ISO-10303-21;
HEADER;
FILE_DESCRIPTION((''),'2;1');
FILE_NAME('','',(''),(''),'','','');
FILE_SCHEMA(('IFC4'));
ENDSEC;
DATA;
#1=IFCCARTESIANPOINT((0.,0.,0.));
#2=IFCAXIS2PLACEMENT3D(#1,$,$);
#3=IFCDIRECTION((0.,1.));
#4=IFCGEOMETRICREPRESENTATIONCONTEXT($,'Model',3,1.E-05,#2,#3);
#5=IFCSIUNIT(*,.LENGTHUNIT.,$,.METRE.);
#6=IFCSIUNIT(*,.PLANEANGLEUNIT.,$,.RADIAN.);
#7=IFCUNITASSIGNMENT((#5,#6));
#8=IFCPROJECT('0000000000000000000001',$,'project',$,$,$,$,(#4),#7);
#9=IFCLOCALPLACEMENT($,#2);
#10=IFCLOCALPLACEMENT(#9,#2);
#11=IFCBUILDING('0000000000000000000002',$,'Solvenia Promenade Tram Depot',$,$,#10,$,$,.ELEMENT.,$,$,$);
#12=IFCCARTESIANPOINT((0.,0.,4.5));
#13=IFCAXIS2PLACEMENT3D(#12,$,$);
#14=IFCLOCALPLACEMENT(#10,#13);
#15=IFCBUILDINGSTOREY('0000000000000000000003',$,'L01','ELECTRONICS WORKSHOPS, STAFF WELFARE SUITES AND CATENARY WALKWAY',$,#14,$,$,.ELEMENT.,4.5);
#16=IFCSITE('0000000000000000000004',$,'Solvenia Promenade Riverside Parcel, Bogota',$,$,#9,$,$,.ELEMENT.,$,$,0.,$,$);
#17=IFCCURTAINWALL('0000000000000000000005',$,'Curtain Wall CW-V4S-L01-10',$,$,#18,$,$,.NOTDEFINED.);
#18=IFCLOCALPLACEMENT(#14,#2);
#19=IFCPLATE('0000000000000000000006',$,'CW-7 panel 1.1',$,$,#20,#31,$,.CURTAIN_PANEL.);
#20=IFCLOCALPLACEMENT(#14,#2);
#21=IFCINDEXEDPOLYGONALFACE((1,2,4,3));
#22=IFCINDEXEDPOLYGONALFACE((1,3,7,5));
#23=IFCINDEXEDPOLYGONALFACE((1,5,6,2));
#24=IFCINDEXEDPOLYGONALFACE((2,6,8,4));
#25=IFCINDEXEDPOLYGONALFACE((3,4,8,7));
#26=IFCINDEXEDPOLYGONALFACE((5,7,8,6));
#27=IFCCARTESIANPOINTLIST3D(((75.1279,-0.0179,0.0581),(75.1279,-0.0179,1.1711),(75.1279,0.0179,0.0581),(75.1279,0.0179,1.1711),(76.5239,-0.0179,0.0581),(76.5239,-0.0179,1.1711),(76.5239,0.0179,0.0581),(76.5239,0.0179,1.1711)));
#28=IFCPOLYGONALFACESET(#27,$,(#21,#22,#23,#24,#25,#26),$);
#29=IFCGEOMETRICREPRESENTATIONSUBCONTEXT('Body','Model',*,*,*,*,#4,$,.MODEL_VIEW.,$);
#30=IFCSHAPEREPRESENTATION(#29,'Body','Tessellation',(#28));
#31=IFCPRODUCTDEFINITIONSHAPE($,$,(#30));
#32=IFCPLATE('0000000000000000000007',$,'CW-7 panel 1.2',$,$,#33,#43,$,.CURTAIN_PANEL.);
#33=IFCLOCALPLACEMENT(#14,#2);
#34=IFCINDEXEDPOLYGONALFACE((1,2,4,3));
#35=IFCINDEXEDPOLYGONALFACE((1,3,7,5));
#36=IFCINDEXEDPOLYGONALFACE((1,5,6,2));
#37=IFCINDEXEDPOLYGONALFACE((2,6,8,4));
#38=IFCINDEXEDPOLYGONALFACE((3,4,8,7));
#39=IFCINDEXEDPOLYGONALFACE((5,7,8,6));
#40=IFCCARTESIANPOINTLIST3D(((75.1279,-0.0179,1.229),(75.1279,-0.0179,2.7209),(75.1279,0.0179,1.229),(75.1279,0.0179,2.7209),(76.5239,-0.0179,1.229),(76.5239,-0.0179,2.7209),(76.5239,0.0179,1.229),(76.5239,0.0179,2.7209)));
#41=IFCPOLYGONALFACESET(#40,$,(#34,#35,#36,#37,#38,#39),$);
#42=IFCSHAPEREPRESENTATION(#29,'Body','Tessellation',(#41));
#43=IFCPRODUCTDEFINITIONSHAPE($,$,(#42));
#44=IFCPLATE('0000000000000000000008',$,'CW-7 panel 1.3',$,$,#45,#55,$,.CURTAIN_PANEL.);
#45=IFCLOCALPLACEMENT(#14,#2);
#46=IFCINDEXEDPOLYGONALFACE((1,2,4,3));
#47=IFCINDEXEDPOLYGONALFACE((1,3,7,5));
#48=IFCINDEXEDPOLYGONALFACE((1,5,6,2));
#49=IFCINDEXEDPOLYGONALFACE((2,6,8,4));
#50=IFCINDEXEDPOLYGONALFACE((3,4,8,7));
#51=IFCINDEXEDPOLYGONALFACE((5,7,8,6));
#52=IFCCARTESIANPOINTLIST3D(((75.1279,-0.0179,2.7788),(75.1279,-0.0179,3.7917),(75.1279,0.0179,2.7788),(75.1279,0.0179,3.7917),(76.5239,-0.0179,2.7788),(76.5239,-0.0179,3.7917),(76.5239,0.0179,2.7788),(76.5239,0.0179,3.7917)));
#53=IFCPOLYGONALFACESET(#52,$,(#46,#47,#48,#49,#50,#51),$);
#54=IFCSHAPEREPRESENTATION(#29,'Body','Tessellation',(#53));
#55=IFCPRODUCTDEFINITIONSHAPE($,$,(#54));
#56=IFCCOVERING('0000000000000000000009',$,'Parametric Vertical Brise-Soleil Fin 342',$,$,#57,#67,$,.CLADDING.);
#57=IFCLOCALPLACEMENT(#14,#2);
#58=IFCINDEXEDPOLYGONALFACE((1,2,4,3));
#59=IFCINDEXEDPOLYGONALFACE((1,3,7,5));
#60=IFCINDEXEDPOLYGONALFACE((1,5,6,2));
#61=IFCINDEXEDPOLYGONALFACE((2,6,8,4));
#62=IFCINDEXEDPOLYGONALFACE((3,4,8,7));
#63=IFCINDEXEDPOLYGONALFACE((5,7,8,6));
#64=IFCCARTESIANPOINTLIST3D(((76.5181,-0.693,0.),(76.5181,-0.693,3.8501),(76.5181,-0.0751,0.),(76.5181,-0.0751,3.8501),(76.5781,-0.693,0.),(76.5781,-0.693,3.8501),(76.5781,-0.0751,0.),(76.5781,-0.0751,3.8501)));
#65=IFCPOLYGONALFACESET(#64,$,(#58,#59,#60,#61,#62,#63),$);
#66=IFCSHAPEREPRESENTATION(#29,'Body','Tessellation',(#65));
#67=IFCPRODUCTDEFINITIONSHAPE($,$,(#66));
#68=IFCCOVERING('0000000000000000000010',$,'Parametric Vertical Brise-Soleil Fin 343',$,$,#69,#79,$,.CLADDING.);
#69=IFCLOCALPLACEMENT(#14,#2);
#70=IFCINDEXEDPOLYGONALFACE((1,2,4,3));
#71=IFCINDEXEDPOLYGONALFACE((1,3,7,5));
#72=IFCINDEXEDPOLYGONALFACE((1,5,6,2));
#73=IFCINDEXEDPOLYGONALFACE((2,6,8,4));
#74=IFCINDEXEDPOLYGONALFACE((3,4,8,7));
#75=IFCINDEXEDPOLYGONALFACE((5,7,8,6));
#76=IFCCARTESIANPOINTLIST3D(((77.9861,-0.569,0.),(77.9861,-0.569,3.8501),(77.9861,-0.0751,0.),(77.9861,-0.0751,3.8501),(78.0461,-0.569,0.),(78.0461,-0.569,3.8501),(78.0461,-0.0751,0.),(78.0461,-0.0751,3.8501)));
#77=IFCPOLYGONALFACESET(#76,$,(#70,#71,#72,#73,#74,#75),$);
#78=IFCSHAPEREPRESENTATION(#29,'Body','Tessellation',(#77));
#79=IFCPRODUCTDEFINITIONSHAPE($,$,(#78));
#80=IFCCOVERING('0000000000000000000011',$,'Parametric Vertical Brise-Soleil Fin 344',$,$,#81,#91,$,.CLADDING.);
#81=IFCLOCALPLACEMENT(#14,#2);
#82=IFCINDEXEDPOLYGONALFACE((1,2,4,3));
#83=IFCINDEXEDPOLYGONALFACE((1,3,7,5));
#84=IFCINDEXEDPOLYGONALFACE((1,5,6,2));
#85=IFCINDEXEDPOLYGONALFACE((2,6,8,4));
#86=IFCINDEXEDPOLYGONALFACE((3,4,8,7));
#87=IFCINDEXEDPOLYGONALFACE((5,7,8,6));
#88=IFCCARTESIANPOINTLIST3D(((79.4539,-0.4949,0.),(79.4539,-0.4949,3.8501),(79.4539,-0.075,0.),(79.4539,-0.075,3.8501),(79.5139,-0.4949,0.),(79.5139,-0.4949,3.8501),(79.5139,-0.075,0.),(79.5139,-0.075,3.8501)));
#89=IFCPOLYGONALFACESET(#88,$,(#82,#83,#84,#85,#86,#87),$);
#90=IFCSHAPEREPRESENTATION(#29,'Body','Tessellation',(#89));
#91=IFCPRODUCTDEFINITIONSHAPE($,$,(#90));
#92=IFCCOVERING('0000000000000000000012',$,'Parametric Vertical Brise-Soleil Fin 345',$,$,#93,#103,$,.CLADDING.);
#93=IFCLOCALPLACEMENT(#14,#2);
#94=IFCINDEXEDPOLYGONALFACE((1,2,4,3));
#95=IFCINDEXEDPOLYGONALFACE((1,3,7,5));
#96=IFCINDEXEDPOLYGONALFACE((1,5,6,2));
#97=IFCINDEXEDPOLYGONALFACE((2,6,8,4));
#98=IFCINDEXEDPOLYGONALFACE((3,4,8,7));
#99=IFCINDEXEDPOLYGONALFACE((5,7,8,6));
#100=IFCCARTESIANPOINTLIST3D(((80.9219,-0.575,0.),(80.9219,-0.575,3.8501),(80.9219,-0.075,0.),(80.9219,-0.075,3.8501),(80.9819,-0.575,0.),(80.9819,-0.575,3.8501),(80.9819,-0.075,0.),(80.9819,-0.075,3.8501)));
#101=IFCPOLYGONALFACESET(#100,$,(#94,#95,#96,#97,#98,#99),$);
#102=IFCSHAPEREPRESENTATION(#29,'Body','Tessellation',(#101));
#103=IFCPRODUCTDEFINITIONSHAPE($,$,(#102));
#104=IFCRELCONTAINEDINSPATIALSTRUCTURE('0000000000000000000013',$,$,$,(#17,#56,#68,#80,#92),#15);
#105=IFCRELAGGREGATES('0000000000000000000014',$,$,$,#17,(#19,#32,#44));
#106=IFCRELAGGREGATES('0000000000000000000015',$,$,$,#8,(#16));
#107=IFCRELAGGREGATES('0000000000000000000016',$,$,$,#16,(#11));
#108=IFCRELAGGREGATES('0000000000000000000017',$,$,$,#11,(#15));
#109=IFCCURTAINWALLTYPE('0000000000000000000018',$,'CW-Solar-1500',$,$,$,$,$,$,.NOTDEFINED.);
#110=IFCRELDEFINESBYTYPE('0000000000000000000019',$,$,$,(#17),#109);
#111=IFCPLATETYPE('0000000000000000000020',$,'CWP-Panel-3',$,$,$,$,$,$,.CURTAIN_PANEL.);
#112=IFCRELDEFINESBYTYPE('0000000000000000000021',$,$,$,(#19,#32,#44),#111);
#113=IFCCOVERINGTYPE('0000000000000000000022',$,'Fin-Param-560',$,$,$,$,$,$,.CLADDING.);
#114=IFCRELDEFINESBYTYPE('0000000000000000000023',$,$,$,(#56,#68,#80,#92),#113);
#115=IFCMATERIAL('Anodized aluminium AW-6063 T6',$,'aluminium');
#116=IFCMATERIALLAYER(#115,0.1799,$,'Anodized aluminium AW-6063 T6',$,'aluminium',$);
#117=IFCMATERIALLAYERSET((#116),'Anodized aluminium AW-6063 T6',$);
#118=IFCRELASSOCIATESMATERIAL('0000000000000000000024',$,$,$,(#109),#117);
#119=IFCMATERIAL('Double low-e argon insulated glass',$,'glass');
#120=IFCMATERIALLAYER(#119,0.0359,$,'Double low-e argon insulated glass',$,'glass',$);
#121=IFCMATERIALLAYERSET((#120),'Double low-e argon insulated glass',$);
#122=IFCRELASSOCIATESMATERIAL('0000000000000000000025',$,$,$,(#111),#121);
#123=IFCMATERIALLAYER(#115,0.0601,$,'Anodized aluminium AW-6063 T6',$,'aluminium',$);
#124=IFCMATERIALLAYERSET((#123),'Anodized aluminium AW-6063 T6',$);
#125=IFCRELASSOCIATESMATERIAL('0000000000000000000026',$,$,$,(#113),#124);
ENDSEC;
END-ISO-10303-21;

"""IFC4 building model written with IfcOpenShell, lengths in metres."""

from ifc_helpers import new_model, si_unit, direction, frame, origin, origin_2d, place, context, subcontext, project, spatial, rectangle, extrude, material, layer, layer_set, type_object, element, aggregate, save


model = new_model("IFC4")

# Units and contexts
model_context = context("Model", 3, precision=1e-05, world=origin(), true_north=direction((0.0, 1.0)))
body_context = subcontext(model_context, "Body", "Model", "MODEL_VIEW")
ifc_project = project(units=[si_unit("LENGTHUNIT", "METRE"), si_unit("PLANEANGLEUNIT", "RADIAN")], contexts=[model_context])

# Site, building, storey
site_placement = place(None, origin())
site = spatial("IfcSite", under=ifc_project, at=site_placement, Name="Solvenia Promenade Riverside Parcel, Bogota", CompositionType="ELEMENT", RefElevation=0.0)
building_placement = place(site_placement, origin())
building = spatial("IfcBuilding", under=site, at=building_placement, Name="Solvenia Promenade Tram Depot", CompositionType="ELEMENT")
storey_placement = place(building_placement, frame((0.0, 0.0, 4.5)))
storey = spatial("IfcBuildingStorey", under=building, at=storey_placement, Name="L01", Description="ELECTRONICS WORKSHOPS, STAFF WELFARE SUITES AND CATENARY WALKWAY", CompositionType="ELEMENT", Elevation=4.5)

# Shared definitions
ifc_material_1 = material(Name="Anodized aluminium AW-6063 T6", Category="aluminium")

# Curtain wall
ifc_layer_1 = layer(ifc_material_1, 0.1799, Name="Anodized aluminium AW-6063 T6", Category="aluminium")
ifc_layer_set_1 = layer_set([ifc_layer_1], Name="Anodized aluminium AW-6063 T6")
curtain_wall_type_1 = type_object("IfcCurtainWallType", Name="CW-Solar-1500", PredefinedType="NOTDEFINED", material=ifc_layer_set_1)
curtain_wall_1_placement = place(storey_placement, origin())
curtain_wall_1 = element("IfcCurtainWall", 1, at=curtain_wall_1_placement, inside=storey, type_object=curtain_wall_type_1, Name="Curtain Wall CW-V4S-L01-10", PredefinedType="NOTDEFINED")

# Plates
ifc_material_2 = material(Name="Double low-e argon insulated glass", Category="glass")
ifc_layer_2 = layer(ifc_material_2, 0.0359, Name="Double low-e argon insulated glass", Category="glass")
ifc_layer_set_2 = layer_set([ifc_layer_2], Name="Double low-e argon insulated glass")
plate_type = type_object("IfcPlateType", Name="CWP-Panel-3", PredefinedType="CURTAIN_PANEL", material=ifc_layer_set_2)
plate_1_placement = place(storey_placement, frame((75.8259, 0.0, 0.0581), z_axis=(0.0, 0.0, 1.0), x_axis=(1.0, 0.0, 0.0)))
plate_1 = element("IfcPlate", 2, at=plate_1_placement, type_object=plate_type, Name="CW-7 panel 1.1", PredefinedType="CURTAIN_PANEL", context=body_context, shape_type="SweptSolid", body=[
    extrude(rectangle(XDim=1.396, YDim=0.0359, at=origin_2d()), origin(), (0.0, 0.0, 1.0), 1.113),
])
plate_2_placement = place(storey_placement, frame((75.8259, 0.0, 1.229), z_axis=(0.0, 0.0, 1.0), x_axis=(1.0, 0.0, 0.0)))
plate_2 = element("IfcPlate", 3, at=plate_2_placement, type_object=plate_type, Name="CW-7 panel 1.2", PredefinedType="CURTAIN_PANEL", context=body_context, shape_type="SweptSolid", body=[
    extrude(rectangle(XDim=1.396, YDim=0.0359, at=origin_2d()), origin(), (0.0, 0.0, 1.0), 1.4919),
])
plate_3_placement = place(storey_placement, frame((75.8259, 0.0, 2.7788), z_axis=(0.0, 0.0, 1.0), x_axis=(1.0, 0.0, 0.0)))
plate_3 = element("IfcPlate", 4, at=plate_3_placement, type_object=plate_type, Name="CW-7 panel 1.3", PredefinedType="CURTAIN_PANEL", context=body_context, shape_type="SweptSolid", body=[
    extrude(rectangle(XDim=1.396, YDim=0.0359, at=origin_2d()), origin(), (0.0, 0.0, 1.0), 1.0129),
])
aggregate(curtain_wall_1, [plate_1, plate_2, plate_3])

# Coverings
ifc_layer_3 = layer(ifc_material_1, 0.0601, Name="Anodized aluminium AW-6063 T6", Category="aluminium")
ifc_layer_set_3 = layer_set([ifc_layer_3], Name="Anodized aluminium AW-6063 T6")
covering_type = type_object("IfcCoveringType", Name="Fin-Param-560", PredefinedType="CLADDING", material=ifc_layer_set_3)
covering_1_placement = place(storey_placement, frame((76.5481, -0.384, 0.0), z_axis=(0.0, 0.0, 1.0), x_axis=(1.0, 0.0, 0.0)))
element("IfcCovering", 5, at=covering_1_placement, inside=storey, type_object=covering_type, Name="Parametric Vertical Brise-Soleil Fin 342", PredefinedType="CLADDING", context=body_context, shape_type="SweptSolid", body=[
    extrude(rectangle(XDim=0.0601, YDim=0.6179, at=origin_2d()), origin(), (0.0, 0.0, 1.0), 3.8501),
])
covering_2_placement = place(storey_placement, frame((78.0161, -0.322, 0.0), z_axis=(0.0, 0.0, 1.0), x_axis=(1.0, 0.0, 0.0)))
element("IfcCovering", 6, at=covering_2_placement, inside=storey, type_object=covering_type, Name="Parametric Vertical Brise-Soleil Fin 343", PredefinedType="CLADDING", context=body_context, shape_type="SweptSolid", body=[
    extrude(rectangle(XDim=0.0601, YDim=0.4939, at=origin_2d()), origin(), (0.0, 0.0, 1.0), 3.8501),
])
covering_3_placement = place(storey_placement, frame((79.4839, -0.2849, 0.0), z_axis=(0.0, 0.0, 1.0), x_axis=(1.0, 0.0, 0.0)))
element("IfcCovering", 7, at=covering_3_placement, inside=storey, type_object=covering_type, Name="Parametric Vertical Brise-Soleil Fin 344", PredefinedType="CLADDING", context=body_context, shape_type="SweptSolid", body=[
    extrude(rectangle(XDim=0.0601, YDim=0.4199, at=origin_2d()), origin(), (0.0, 0.0, 1.0), 3.8501),
])
covering_4_placement = place(storey_placement, frame((80.9519, -0.325, 0.0), z_axis=(0.0, 0.0, 1.0), x_axis=(1.0, 0.0, 0.0)))
element("IfcCovering", 8, at=covering_4_placement, inside=storey, type_object=covering_type, Name="Parametric Vertical Brise-Soleil Fin 345", PredefinedType="CLADDING", context=body_context, shape_type="SweptSolid", body=[
    extrude(rectangle(XDim=0.0601, YDim=0.5, at=origin_2d()), origin(), (0.0, 0.0, 1.0), 3.8501),
])

save(model, "model.ifc")
